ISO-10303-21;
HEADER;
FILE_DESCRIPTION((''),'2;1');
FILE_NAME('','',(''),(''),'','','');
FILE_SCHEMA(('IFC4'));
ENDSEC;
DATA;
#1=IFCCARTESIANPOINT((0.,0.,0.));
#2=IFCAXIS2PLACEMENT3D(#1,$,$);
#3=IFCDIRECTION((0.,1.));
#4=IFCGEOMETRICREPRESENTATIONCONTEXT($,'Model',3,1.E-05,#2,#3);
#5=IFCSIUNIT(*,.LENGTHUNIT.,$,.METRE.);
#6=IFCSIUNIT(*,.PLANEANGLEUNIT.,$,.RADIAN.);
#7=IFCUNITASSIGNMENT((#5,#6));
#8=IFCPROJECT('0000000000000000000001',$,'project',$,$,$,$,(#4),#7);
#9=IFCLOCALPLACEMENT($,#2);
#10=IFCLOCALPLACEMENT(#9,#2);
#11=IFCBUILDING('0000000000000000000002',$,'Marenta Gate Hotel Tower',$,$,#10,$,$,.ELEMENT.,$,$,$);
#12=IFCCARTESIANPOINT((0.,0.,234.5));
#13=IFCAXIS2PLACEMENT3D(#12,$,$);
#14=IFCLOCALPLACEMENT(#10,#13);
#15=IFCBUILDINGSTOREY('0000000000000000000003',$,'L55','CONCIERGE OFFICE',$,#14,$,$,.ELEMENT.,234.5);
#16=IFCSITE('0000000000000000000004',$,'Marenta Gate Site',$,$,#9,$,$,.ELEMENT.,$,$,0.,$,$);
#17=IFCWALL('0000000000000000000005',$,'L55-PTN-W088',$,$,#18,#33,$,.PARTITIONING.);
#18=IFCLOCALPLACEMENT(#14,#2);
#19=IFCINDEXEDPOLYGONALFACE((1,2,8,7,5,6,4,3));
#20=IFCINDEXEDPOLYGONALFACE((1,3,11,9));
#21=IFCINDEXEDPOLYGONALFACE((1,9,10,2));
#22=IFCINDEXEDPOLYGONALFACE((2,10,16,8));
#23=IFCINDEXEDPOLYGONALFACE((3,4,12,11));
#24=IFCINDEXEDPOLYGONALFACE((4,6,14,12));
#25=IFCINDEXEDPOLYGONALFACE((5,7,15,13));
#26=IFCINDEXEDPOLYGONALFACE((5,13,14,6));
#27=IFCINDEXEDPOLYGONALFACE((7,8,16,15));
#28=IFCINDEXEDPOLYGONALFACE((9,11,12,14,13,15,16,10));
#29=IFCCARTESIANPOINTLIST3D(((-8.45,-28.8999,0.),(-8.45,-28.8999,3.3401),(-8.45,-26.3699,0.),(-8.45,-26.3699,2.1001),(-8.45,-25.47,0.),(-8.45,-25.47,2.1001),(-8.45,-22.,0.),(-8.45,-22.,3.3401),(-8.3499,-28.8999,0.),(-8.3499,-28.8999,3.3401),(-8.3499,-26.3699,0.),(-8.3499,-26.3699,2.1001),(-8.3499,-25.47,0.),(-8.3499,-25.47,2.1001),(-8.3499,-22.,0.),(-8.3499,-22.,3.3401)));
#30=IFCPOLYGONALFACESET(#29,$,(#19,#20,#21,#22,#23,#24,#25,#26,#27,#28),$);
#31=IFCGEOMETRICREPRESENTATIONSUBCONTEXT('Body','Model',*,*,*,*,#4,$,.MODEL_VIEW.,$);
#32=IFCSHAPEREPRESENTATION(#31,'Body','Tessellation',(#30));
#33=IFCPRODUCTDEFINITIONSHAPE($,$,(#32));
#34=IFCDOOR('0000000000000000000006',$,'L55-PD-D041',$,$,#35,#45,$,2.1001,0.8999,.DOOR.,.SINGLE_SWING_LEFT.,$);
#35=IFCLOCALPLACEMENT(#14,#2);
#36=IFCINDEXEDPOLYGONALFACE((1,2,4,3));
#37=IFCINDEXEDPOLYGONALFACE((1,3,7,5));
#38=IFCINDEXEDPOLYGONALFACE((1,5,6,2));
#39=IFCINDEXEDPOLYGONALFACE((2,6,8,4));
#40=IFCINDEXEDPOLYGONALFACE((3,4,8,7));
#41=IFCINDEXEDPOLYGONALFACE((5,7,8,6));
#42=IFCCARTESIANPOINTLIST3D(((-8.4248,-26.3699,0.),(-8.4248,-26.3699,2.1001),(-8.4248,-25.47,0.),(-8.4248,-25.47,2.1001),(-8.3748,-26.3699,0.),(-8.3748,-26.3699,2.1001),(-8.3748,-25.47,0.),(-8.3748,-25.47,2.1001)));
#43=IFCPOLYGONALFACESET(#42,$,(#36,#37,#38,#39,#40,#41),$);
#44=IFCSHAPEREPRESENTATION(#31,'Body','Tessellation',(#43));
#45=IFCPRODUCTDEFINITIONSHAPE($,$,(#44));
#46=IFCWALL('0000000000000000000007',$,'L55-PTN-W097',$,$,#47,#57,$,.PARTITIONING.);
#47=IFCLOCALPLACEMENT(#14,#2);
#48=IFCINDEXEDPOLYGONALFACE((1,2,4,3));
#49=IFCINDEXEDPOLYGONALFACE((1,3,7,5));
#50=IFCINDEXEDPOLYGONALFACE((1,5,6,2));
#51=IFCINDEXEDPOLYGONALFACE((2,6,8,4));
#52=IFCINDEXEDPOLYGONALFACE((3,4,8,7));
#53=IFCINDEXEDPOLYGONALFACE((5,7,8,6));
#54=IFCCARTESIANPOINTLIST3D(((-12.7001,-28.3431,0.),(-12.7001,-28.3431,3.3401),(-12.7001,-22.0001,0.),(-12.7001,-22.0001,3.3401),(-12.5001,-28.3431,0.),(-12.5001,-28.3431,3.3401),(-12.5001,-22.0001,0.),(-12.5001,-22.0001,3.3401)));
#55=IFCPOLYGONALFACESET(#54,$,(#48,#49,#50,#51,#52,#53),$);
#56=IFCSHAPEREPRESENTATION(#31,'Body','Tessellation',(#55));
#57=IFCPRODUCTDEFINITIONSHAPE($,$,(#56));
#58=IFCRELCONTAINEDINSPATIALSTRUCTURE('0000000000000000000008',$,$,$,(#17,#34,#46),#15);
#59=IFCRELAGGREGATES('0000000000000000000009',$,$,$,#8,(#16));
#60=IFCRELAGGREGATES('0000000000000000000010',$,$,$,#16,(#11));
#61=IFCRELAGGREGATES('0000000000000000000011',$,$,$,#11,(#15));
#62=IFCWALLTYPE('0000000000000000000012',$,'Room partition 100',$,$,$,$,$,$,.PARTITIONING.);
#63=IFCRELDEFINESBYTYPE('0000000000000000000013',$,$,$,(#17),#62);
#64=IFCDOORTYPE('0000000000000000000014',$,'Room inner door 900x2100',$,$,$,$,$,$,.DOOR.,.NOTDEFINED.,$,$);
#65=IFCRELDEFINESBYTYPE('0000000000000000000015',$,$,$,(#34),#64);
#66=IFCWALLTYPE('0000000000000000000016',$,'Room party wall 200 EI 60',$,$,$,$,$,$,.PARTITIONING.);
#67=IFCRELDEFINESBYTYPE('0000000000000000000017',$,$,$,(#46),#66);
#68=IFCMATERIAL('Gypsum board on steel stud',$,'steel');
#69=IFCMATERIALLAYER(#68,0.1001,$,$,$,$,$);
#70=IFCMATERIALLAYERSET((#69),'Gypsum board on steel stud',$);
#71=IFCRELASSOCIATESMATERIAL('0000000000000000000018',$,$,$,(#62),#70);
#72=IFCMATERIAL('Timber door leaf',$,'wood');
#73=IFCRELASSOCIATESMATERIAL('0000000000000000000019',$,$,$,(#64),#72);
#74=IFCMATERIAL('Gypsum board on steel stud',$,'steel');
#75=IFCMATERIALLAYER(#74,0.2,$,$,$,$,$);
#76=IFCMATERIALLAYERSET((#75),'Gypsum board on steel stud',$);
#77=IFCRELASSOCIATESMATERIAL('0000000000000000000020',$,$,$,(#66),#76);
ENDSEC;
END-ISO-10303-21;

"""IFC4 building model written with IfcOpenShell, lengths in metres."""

from ifc_helpers import new_model, si_unit, direction, frame, frame_2d, origin, place, context, subcontext, project, spatial, rectangle, extrude, material, layer, layer_set, type_object, element, fill, save


model = new_model("IFC4")

# Units and contexts
model_context = context("Model", 3, precision=1e-05, world=origin(), true_north=direction((0.0, 1.0)))
body_context = subcontext(model_context, "Body", "Model", "MODEL_VIEW")
ifc_project = project(units=[si_unit("LENGTHUNIT", "METRE"), si_unit("PLANEANGLEUNIT", "RADIAN")], contexts=[model_context])

# Site, building, storey
site_placement = place(None, origin())
site = spatial("IfcSite", under=ifc_project, at=site_placement, Name="Marenta Gate Site", CompositionType="ELEMENT", RefElevation=0.0)
building_placement = place(site_placement, origin())
building = spatial("IfcBuilding", under=site, at=building_placement, Name="Marenta Gate Hotel Tower", CompositionType="ELEMENT")
storey_placement = place(building_placement, frame((0.0, 0.0, 234.5)))
storey = spatial("IfcBuildingStorey", under=building, at=storey_placement, Name="L55", Description="CONCIERGE OFFICE", CompositionType="ELEMENT", Elevation=234.5)

# Wall, opening, door
ifc_material_1 = material(Name="Gypsum board on steel stud", Category="steel")
ifc_layer_1 = layer(ifc_material_1, 0.1001)
ifc_layer_set_1 = layer_set([ifc_layer_1], Name="Gypsum board on steel stud")
wall_type_1 = type_object("IfcWallType", Name="Room partition 100", PredefinedType="PARTITIONING", material=ifc_layer_set_1)
wall_1_placement = place(storey_placement, frame((-8.3999, -28.8999, 0.0), z_axis=(0.0, 0.0, 1.0), x_axis=(0.0, 1.0, 0.0)))
wall_1 = element("IfcWall", 1, at=wall_1_placement, inside=storey, type_object=wall_type_1, Name="L55-PTN-W088", PredefinedType="PARTITIONING", context=body_context, shape_type="SweptSolid", body=[
    extrude(rectangle(XDim=6.8999, YDim=0.1001, at=frame_2d((3.45, 0.0))), origin(), (0.0, 0.0, 1.0), 3.3401),
])
opening_placement = place(wall_1_placement, frame((2.53, 0.0, 0.0)))
opening = element("IfcOpeningElement", 2, at=opening_placement, cuts=wall_1, PredefinedType="OPENING", context=body_context, shape_type="SweptSolid", body=[
    extrude(rectangle(XDim=0.8999, YDim=2.1001, at=frame_2d((0.45, 1.05))), frame((0.0, 0.05, 0.0), z_axis=(0.0, -1.0, 0.0), x_axis=(1.0, 0.0, 0.0)), (0.0, 0.0, 1.0), 0.1001),
])
ifc_material_2 = material(Name="Timber door leaf", Category="wood")
door_type = type_object("IfcDoorType", Name="Room inner door 900x2100", OperationType="NOTDEFINED", PredefinedType="DOOR", material=ifc_material_2)
door_placement = place(opening_placement, origin())
door = element("IfcDoor", 3, at=door_placement, inside=storey, type_object=door_type, Name="L55-PD-D041", OperationType="SINGLE_SWING_LEFT", OverallHeight=2.1001, OverallWidth=0.8999, PredefinedType="DOOR", context=body_context, shape_type="SweptSolid", body=[
    extrude(rectangle(XDim=0.8999, YDim=2.1001, at=frame_2d((0.45, 1.05))), frame((0.0, 0.0249, 0.0), z_axis=(0.0, -1.0, 0.0), x_axis=(1.0, 0.0, 0.0)), (0.0, 0.0, 1.0), 0.05),
])
fill(opening, door)

# Wall
ifc_material_3 = material(Name="Gypsum board on steel stud", Category="steel")
ifc_layer_2 = layer(ifc_material_3, 0.2)
ifc_layer_set_2 = layer_set([ifc_layer_2], Name="Gypsum board on steel stud")
wall_type_2 = type_object("IfcWallType", Name="Room party wall 200 EI 60", PredefinedType="PARTITIONING", material=ifc_layer_set_2)
wall_2_placement = place(storey_placement, frame((-12.6001, -28.343, 0.0), z_axis=(0.0, 0.0, 1.0), x_axis=(0.0, 1.0, 0.0)))
element("IfcWall", 4, at=wall_2_placement, inside=storey, type_object=wall_type_2, Name="L55-PTN-W097", PredefinedType="PARTITIONING", context=body_context, shape_type="SweptSolid", body=[
    extrude(rectangle(XDim=6.343, YDim=0.2, at=frame_2d((3.1714, 0.0))), origin(), (0.0, 0.0, 1.0), 3.3401),
])

save(model, "model.ifc")
